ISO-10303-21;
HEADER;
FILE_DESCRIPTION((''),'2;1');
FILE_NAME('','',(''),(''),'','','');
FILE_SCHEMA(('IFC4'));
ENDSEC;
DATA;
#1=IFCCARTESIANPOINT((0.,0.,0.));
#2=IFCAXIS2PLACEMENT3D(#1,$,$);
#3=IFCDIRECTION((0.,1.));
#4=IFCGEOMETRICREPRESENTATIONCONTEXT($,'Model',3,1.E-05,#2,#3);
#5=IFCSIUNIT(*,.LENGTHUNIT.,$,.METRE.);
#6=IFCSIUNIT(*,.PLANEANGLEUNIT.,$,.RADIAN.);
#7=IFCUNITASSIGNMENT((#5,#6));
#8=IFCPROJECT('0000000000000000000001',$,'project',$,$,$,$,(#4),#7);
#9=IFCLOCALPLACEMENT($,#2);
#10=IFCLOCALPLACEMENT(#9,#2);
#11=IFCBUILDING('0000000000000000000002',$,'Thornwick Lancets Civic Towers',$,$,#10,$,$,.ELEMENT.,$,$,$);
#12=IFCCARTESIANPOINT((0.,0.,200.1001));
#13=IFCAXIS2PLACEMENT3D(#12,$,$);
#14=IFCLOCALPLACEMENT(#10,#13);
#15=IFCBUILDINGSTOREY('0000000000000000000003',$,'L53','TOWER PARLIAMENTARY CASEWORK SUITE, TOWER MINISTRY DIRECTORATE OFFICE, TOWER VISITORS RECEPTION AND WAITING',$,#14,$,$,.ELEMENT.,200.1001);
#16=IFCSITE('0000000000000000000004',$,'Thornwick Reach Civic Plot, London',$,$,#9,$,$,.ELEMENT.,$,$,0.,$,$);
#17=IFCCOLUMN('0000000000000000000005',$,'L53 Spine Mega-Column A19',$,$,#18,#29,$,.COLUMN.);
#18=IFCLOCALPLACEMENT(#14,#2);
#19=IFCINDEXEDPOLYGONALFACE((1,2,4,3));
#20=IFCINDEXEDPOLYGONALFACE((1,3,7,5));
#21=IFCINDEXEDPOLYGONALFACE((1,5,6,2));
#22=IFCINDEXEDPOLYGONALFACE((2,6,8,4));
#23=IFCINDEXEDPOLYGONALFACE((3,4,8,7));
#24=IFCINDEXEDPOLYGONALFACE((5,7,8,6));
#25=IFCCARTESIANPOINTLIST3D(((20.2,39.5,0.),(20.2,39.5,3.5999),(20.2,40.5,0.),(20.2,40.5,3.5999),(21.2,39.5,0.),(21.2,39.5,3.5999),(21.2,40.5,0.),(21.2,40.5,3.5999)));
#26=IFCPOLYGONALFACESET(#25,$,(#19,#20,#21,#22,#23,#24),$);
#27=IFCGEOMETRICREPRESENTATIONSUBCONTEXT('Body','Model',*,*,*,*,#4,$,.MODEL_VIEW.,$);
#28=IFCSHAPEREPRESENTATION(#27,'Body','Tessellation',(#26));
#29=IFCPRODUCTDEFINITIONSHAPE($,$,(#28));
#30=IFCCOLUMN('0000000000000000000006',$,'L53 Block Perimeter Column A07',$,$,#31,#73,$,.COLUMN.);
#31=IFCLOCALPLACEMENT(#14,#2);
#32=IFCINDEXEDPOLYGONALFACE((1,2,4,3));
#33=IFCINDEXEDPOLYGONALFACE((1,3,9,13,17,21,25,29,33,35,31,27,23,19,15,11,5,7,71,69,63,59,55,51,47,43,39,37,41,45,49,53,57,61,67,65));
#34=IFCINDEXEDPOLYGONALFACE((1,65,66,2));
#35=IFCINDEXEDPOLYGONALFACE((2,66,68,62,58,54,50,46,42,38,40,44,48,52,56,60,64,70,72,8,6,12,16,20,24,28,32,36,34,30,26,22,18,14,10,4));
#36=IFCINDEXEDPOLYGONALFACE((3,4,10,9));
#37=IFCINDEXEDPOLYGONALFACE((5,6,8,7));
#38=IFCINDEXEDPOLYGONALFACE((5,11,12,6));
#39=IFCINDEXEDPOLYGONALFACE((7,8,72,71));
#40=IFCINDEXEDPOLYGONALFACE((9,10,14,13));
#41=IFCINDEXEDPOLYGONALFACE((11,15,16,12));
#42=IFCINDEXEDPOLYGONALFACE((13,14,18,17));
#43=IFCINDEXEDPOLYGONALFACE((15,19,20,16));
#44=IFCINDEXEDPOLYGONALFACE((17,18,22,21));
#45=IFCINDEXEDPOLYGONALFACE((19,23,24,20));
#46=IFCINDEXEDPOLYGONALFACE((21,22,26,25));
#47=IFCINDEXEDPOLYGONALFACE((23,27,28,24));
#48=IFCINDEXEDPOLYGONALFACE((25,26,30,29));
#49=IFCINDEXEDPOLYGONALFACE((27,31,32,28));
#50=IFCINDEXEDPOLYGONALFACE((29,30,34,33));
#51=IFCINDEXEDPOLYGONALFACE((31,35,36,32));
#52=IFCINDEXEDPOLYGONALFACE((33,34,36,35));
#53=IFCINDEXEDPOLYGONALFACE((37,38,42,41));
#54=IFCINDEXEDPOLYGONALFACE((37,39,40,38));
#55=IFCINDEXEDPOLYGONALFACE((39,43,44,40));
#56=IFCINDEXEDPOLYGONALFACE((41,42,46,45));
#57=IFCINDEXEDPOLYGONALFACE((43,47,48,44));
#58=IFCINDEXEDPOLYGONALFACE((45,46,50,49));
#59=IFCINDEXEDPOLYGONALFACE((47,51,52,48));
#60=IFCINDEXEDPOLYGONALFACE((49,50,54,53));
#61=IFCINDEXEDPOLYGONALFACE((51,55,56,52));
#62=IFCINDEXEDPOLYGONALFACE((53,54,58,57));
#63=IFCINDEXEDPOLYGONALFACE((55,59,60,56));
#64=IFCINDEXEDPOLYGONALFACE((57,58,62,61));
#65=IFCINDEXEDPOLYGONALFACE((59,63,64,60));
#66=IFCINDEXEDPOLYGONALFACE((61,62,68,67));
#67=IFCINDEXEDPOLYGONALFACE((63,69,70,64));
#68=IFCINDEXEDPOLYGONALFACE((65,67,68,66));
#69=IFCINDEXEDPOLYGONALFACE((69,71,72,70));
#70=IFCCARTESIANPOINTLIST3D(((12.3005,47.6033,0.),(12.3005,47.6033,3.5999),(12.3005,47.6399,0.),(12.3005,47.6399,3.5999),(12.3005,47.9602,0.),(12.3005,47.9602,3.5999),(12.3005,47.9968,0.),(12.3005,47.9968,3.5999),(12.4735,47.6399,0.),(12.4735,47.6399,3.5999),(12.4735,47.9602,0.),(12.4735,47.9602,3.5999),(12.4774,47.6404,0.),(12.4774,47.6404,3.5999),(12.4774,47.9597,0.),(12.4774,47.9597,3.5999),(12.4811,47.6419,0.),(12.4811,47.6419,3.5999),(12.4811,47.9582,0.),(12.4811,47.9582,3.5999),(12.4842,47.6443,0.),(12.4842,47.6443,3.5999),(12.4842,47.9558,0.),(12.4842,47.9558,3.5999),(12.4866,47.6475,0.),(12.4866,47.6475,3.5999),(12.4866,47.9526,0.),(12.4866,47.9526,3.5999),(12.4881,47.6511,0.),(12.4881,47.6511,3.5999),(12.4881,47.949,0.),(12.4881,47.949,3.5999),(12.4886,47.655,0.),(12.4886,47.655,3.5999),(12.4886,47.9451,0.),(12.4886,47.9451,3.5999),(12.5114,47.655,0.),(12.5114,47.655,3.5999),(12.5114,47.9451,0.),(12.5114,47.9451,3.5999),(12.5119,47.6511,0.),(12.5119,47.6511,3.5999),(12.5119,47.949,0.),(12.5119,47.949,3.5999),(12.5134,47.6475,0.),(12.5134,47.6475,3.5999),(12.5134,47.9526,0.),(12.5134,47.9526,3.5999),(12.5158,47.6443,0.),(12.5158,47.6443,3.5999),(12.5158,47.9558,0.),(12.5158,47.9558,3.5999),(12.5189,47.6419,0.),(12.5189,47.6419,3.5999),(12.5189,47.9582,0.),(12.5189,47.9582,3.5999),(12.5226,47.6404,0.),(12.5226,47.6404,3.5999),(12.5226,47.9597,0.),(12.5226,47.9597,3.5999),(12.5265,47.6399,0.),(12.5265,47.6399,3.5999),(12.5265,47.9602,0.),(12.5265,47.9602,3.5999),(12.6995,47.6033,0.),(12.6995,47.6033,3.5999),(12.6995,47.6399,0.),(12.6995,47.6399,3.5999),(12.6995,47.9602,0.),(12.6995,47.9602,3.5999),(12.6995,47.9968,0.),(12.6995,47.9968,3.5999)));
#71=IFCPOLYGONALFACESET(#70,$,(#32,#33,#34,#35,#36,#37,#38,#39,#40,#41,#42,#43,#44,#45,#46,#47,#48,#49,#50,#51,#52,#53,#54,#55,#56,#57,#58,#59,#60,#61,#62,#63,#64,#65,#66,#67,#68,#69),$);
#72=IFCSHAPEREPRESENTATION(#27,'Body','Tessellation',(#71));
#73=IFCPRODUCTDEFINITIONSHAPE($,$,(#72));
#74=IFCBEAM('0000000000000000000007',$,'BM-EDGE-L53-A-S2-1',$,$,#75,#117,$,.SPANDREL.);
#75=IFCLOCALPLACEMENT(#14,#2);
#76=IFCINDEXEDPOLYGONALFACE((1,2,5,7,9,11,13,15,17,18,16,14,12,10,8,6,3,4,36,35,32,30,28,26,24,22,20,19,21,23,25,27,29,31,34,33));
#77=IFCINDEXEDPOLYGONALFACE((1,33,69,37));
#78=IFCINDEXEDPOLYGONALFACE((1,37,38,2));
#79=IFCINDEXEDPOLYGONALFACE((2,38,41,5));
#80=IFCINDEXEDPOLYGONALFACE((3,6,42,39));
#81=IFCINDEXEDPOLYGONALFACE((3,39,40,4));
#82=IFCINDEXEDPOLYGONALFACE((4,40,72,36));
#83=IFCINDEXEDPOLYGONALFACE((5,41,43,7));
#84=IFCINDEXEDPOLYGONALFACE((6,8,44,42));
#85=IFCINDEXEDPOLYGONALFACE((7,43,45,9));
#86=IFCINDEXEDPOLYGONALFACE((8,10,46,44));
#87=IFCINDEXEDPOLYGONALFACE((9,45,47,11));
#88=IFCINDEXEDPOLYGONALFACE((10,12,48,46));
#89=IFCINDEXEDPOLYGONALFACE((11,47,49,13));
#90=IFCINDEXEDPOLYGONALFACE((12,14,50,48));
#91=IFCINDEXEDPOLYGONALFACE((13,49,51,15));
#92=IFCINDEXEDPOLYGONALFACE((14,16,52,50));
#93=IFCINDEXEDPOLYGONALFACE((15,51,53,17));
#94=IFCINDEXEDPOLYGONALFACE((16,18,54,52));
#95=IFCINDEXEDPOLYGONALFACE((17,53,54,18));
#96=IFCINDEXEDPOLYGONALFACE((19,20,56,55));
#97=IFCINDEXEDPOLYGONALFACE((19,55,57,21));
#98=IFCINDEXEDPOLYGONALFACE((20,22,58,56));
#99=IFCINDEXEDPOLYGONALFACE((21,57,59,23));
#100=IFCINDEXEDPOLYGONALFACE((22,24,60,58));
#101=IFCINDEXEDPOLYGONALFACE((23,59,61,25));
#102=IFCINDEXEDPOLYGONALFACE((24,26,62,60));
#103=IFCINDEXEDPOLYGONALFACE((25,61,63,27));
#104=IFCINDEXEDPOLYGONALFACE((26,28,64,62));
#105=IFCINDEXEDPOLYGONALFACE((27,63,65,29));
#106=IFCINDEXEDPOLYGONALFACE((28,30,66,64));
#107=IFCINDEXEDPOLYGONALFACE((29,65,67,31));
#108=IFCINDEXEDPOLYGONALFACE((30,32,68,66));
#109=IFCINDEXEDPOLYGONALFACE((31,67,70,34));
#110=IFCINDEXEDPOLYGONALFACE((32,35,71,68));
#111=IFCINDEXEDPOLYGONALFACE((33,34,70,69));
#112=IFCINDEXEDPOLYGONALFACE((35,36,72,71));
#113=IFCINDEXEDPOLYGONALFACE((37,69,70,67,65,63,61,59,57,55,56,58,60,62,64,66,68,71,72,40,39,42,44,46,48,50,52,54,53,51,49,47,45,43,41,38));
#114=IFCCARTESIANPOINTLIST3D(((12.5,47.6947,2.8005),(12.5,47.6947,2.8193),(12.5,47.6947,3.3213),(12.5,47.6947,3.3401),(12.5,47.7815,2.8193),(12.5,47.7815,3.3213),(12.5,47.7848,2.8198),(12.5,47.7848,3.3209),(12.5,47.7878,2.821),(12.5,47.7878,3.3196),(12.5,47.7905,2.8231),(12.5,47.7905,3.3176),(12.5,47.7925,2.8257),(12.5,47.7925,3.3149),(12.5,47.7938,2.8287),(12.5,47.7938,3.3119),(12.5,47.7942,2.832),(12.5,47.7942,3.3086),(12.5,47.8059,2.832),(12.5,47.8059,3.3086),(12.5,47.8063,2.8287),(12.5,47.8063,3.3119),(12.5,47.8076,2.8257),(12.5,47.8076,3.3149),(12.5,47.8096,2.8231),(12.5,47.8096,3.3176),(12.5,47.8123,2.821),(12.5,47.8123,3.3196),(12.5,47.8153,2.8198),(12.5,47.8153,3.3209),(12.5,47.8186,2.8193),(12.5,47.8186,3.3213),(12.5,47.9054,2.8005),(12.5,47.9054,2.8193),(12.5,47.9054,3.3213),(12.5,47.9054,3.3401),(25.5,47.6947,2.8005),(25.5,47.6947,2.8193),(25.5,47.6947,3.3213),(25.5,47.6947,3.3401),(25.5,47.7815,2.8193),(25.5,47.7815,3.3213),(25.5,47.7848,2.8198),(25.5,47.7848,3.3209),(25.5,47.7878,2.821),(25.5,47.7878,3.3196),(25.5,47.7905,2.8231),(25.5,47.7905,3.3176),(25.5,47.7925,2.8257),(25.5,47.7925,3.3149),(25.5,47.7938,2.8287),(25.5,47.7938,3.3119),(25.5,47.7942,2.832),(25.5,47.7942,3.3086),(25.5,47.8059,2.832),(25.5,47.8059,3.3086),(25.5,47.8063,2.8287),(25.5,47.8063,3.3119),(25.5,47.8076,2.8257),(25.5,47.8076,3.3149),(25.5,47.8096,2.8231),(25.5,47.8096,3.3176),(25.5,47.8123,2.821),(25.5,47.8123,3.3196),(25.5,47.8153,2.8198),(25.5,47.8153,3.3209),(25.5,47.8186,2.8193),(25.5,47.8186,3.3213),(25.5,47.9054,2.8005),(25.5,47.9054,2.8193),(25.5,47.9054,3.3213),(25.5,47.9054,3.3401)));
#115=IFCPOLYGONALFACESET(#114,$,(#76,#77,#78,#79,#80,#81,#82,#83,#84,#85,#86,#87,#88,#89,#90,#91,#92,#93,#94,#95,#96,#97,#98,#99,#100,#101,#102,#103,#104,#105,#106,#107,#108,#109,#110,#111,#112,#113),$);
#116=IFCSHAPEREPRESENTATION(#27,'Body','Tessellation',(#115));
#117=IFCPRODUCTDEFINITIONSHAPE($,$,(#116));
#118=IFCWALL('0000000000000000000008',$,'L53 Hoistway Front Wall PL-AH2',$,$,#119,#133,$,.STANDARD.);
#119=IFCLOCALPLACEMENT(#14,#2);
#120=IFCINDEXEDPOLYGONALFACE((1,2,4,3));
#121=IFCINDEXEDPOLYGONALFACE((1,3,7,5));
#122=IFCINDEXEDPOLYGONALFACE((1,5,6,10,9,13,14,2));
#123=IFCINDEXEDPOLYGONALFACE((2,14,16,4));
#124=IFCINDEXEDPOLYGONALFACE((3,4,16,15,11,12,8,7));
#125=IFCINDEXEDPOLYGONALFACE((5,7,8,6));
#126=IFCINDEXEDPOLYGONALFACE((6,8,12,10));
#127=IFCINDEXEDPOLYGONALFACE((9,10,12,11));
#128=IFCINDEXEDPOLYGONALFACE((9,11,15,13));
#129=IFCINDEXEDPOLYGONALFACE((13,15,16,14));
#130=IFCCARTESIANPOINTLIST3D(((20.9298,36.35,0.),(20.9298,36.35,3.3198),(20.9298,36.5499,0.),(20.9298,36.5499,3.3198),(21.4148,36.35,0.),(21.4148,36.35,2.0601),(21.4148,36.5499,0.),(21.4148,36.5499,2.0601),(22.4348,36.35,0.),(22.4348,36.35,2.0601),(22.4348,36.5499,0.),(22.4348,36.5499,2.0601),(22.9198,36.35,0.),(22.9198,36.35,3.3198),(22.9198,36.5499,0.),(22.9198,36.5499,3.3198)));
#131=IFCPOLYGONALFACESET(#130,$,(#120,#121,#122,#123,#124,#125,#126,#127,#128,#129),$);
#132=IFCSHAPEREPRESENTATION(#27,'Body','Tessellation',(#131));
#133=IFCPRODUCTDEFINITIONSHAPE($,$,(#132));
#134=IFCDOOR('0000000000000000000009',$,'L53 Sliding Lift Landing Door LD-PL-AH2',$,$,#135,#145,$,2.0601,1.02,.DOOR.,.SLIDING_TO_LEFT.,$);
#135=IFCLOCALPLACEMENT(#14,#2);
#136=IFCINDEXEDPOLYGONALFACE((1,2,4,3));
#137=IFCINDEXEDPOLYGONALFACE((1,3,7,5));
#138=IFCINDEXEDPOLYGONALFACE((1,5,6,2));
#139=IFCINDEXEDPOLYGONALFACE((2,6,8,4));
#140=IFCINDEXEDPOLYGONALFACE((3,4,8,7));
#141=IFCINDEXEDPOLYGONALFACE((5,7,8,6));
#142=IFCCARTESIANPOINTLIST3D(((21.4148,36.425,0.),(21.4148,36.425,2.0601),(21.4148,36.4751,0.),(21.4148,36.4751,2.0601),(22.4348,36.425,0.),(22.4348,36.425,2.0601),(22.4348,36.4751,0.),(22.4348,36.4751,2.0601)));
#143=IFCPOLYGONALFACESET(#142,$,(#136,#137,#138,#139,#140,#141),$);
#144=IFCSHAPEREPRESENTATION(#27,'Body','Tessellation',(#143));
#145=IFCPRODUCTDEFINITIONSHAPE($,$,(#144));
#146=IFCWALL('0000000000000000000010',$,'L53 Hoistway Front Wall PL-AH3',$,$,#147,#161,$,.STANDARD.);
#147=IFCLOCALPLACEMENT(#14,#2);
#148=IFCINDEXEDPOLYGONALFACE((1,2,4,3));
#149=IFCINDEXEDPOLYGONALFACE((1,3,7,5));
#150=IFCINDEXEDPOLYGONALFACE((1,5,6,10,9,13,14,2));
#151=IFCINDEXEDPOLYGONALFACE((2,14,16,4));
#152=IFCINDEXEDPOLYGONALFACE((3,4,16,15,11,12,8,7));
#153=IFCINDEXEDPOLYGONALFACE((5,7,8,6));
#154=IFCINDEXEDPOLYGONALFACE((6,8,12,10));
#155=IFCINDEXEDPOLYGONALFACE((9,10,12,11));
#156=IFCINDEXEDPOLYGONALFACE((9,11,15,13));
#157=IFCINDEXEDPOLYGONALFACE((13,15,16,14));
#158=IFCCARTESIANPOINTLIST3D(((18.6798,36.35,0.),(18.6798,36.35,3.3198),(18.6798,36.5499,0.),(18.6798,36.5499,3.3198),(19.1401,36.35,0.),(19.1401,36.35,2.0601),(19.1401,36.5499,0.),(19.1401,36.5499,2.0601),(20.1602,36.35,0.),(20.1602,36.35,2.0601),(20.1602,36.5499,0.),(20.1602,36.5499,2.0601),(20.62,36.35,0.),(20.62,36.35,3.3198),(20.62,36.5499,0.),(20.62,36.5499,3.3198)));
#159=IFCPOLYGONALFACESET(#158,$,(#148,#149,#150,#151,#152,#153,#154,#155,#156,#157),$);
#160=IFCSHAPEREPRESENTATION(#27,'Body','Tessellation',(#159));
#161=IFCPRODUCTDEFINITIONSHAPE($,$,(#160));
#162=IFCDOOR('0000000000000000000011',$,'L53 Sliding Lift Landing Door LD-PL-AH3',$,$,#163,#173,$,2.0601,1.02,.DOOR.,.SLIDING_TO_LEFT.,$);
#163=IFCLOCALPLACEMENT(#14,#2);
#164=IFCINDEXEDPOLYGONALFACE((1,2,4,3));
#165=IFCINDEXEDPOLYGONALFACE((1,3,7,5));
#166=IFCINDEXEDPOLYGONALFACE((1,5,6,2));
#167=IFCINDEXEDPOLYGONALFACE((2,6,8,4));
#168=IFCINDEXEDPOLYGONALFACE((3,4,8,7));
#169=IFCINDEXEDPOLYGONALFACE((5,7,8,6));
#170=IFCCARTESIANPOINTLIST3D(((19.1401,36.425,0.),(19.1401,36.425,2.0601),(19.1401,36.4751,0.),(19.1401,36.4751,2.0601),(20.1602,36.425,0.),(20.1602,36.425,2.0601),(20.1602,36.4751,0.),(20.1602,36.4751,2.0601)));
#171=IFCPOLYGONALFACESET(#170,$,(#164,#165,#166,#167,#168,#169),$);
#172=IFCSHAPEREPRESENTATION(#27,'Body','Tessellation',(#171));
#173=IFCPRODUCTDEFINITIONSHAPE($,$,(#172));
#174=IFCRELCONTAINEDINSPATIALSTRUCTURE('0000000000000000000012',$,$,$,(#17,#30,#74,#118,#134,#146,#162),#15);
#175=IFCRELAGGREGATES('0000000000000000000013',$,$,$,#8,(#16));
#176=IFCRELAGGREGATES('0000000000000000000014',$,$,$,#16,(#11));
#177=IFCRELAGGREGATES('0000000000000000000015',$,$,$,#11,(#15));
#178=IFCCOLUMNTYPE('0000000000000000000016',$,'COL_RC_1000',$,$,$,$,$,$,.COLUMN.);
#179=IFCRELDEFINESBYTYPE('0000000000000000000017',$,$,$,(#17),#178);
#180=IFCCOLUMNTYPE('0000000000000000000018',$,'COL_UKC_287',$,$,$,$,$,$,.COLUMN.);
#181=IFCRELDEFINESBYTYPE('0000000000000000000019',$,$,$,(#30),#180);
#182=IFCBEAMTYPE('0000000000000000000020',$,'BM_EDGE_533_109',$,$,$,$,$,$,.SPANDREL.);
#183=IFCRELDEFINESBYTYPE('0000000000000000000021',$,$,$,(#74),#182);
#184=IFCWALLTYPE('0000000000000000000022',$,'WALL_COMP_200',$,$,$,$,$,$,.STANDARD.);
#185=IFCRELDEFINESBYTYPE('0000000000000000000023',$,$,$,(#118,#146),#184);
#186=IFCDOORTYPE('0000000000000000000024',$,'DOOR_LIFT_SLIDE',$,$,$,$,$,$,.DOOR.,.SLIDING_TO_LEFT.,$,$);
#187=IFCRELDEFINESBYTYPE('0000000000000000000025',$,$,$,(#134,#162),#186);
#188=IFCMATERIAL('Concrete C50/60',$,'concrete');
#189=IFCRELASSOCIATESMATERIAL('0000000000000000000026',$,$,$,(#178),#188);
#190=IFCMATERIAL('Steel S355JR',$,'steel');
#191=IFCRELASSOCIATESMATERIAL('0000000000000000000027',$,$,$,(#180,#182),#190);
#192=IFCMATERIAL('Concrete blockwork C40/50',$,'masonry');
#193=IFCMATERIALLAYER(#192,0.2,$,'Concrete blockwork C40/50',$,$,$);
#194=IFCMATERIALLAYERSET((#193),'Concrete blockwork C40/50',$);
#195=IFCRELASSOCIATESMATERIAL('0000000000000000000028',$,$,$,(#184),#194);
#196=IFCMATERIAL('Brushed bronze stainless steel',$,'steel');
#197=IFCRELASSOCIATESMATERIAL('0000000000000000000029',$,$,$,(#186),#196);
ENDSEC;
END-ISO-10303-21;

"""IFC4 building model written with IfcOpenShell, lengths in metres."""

from ifc_helpers import new_model, si_unit, direction, frame, frame_2d, origin, origin_2d, place, context, subcontext, project, spatial, rectangle, i_section, extrude, material, layer, layer_set, material_profile, profile_set, type_object, element, fill, save


model = new_model("IFC4")

# Units and contexts
model_context = context("Model", 3, precision=1e-05, world=origin(), true_north=direction((0.0, 1.0)))
body_context = subcontext(model_context, "Body", "Model", "MODEL_VIEW")
ifc_project = project(units=[si_unit("LENGTHUNIT", "METRE"), si_unit("PLANEANGLEUNIT", "RADIAN")], contexts=[model_context])

# Site, building, storey
site_placement = place(None, origin())
site = spatial("IfcSite", under=ifc_project, at=site_placement, Name="Thornwick Reach Civic Plot, London", CompositionType="ELEMENT", RefElevation=0.0)
building_placement = place(site_placement, origin())
building = spatial("IfcBuilding", under=site, at=building_placement, Name="Thornwick Lancets Civic Towers", CompositionType="ELEMENT")
storey_placement = place(building_placement, frame((0.0, 0.0, 200.1001)))
storey = spatial("IfcBuildingStorey", under=building, at=storey_placement, Name="L53", Description="TOWER PARLIAMENTARY CASEWORK SUITE, TOWER MINISTRY DIRECTORATE OFFICE, TOWER VISITORS RECEPTION AND WAITING", CompositionType="ELEMENT", Elevation=200.1001)

# Columns
ifc_material_1 = material(Name="Concrete C50/60", Category="concrete")
ifc_material_profile_1 = material_profile(ifc_material_1, rectangle(XDim=1.0, YDim=1.0, at=origin_2d()), Name="RC 1000x1000")
ifc_profile_set_1 = profile_set([ifc_material_profile_1], Name="Concrete C50/60")
column_type_1 = type_object("IfcColumnType", Name="COL_RC_1000", PredefinedType="COLUMN", material=ifc_profile_set_1)
column_1_placement = place(storey_placement, frame((20.7, 40.0, 0.0), z_axis=(0.0, 0.0, 1.0), x_axis=(1.0, 0.0, 0.0)))
element("IfcColumn", 1, at=column_1_placement, inside=storey, type_object=column_type_1, Name="L53 Spine Mega-Column A19", PredefinedType="COLUMN", context=body_context, shape_type="SweptSolid", body=[
    extrude(rectangle(XDim=1.0, YDim=1.0, at=origin_2d()), origin(), (0.0, 0.0, 1.0), 3.5999),
])
ifc_material_2 = material(Name="Steel S355JR", Category="steel")
ifc_material_profile_2 = material_profile(ifc_material_2, i_section(OverallWidth=0.3989, OverallDepth=0.3936, WebThickness=0.0227, FlangeThickness=0.0366, FilletRadius=0.0151, at=origin_2d()), Name="UKC 356x406x287")
ifc_profile_set_2 = profile_set([ifc_material_profile_2], Name="Steel S355JR")
column_type_2 = type_object("IfcColumnType", Name="COL_UKC_287", PredefinedType="COLUMN", material=ifc_profile_set_2)
column_2_placement = place(storey_placement, frame((12.5, 47.8, 0.0), z_axis=(0.0, 0.0, 1.0), x_axis=(1.0, 0.0, 0.0)))
element("IfcColumn", 2, at=column_2_placement, inside=storey, type_object=column_type_2, Name="L53 Block Perimeter Column A07", PredefinedType="COLUMN", context=body_context, shape_type="SweptSolid", body=[
    extrude(i_section(OverallWidth=0.3989, OverallDepth=0.3936, WebThickness=0.0227, FlangeThickness=0.0366, FilletRadius=0.0151, at=origin_2d()), origin(), (0.0, 0.0, 1.0), 3.5999),
])

# Beam
ifc_material_profile_3 = material_profile(ifc_material_2, i_section(OverallWidth=0.2107, OverallDepth=0.5396, WebThickness=0.0117, FlangeThickness=0.0188, FilletRadius=0.0127, at=origin_2d()), Name="UKB 533x210x109")
ifc_profile_set_3 = profile_set([ifc_material_profile_3], Name="Steel S355JR")
beam_type = type_object("IfcBeamType", Name="BM_EDGE_533_109", PredefinedType="SPANDREL", material=ifc_profile_set_3)
beam_placement = place(storey_placement, frame((12.5, 47.8, 3.0703), z_axis=(1.0, 0.0, 0.0), x_axis=(0.0, 1.0, 0.0)))
element("IfcBeam", 3, at=beam_placement, inside=storey, type_object=beam_type, Name="BM-EDGE-L53-A-S2-1", PredefinedType="SPANDREL", context=body_context, shape_type="SweptSolid", body=[
    extrude(i_section(OverallWidth=0.2107, OverallDepth=0.5396, WebThickness=0.0117, FlangeThickness=0.0188, FilletRadius=0.0127, at=origin_2d()), origin(), (0.0, 0.0, 1.0), 13.0),
])

# Walls, openings, doors
ifc_material_3 = material(Name="Concrete blockwork C40/50", Category="masonry")
ifc_layer_1 = layer(ifc_material_3, 0.2, Name="Concrete blockwork C40/50")
ifc_layer_set_1 = layer_set([ifc_layer_1], Name="Concrete blockwork C40/50")
wall_type_1 = type_object("IfcWallType", Name="WALL_COMP_200", PredefinedType="STANDARD", material=ifc_layer_set_1)
wall_1_placement = place(storey_placement, frame((22.9199, 36.45, 0.0), z_axis=(0.0, 0.0, 1.0), x_axis=(-1.0, 0.0, 0.0)))
wall_1 = element("IfcWall", 4, at=wall_1_placement, inside=storey, type_object=wall_type_1, Name="L53 Hoistway Front Wall PL-AH2", PredefinedType="STANDARD", context=body_context, shape_type="SweptSolid", body=[
    extrude(rectangle(XDim=1.99, YDim=0.2, at=frame_2d((0.9951, 0.0))), origin(), (0.0, 0.0, 1.0), 3.3198),
])
opening_1_placement = place(wall_1_placement, frame((0.4851, 0.0, 0.0)))
opening_1 = element("IfcOpeningElement", 5, at=opening_1_placement, cuts=wall_1, PredefinedType="OPENING", context=body_context, shape_type="SweptSolid", body=[
    extrude(rectangle(XDim=1.02, YDim=2.0601, at=frame_2d((0.51, 1.03))), frame((0.0, 0.1099, 0.0), z_axis=(0.0, -1.0, 0.0), x_axis=(1.0, 0.0, 0.0)), (0.0, 0.0, 1.0), 0.22),
])
ifc_material_4 = material(Name="Brushed bronze stainless steel", Category="steel")
door_type = type_object("IfcDoorType", Name="DOOR_LIFT_SLIDE", OperationType="SLIDING_TO_LEFT", PredefinedType="DOOR", material=ifc_material_4)
door_1_placement = place(opening_1_placement, origin())
door_1 = element("IfcDoor", 6, at=door_1_placement, inside=storey, type_object=door_type, Name="L53 Sliding Lift Landing Door LD-PL-AH2", OperationType="SLIDING_TO_LEFT", OverallHeight=2.0601, OverallWidth=1.02, PredefinedType="DOOR", context=body_context, shape_type="SweptSolid", body=[
    extrude(rectangle(XDim=1.02, YDim=2.0601, at=frame_2d((0.51, 1.03))), frame((0.0, 0.0249, 0.0), z_axis=(0.0, -1.0, 0.0), x_axis=(1.0, 0.0, 0.0)), (0.0, 0.0, 1.0), 0.05),
])
fill(opening_1, door_1)
wall_2_placement = place(storey_placement, frame((20.6201, 36.45, 0.0), z_axis=(0.0, 0.0, 1.0), x_axis=(-1.0, 0.0, 0.0)))
wall_2 = element("IfcWall", 7, at=wall_2_placement, inside=storey, type_object=wall_type_1, Name="L53 Hoistway Front Wall PL-AH3", PredefinedType="STANDARD", context=body_context, shape_type="SweptSolid", body=[
    extrude(rectangle(XDim=1.9402, YDim=0.2, at=frame_2d((0.9702, 0.0))), origin(), (0.0, 0.0, 1.0), 3.3198),
])
opening_2_placement = place(wall_2_placement, frame((0.46, 0.0, 0.0)))
opening_2 = element("IfcOpeningElement", 8, at=opening_2_placement, cuts=wall_2, PredefinedType="OPENING", context=body_context, shape_type="SweptSolid", body=[
    extrude(rectangle(XDim=1.02, YDim=2.0601, at=frame_2d((0.51, 1.03))), frame((0.0, 0.1099, 0.0), z_axis=(0.0, -1.0, 0.0), x_axis=(1.0, 0.0, 0.0)), (0.0, 0.0, 1.0), 0.22),
])
door_2_placement = place(opening_2_placement, origin())
door_2 = element("IfcDoor", 9, at=door_2_placement, inside=storey, type_object=door_type, Name="L53 Sliding Lift Landing Door LD-PL-AH3", OperationType="SLIDING_TO_LEFT", OverallHeight=2.0601, OverallWidth=1.02, PredefinedType="DOOR", context=body_context, shape_type="SweptSolid", body=[
    extrude(rectangle(XDim=1.02, YDim=2.0601, at=frame_2d((0.51, 1.03))), frame((0.0, 0.0249, 0.0), z_axis=(0.0, -1.0, 0.0), x_axis=(1.0, 0.0, 0.0)), (0.0, 0.0, 1.0), 0.05),
])
fill(opening_2, door_2)

save(model, "model.ifc")
